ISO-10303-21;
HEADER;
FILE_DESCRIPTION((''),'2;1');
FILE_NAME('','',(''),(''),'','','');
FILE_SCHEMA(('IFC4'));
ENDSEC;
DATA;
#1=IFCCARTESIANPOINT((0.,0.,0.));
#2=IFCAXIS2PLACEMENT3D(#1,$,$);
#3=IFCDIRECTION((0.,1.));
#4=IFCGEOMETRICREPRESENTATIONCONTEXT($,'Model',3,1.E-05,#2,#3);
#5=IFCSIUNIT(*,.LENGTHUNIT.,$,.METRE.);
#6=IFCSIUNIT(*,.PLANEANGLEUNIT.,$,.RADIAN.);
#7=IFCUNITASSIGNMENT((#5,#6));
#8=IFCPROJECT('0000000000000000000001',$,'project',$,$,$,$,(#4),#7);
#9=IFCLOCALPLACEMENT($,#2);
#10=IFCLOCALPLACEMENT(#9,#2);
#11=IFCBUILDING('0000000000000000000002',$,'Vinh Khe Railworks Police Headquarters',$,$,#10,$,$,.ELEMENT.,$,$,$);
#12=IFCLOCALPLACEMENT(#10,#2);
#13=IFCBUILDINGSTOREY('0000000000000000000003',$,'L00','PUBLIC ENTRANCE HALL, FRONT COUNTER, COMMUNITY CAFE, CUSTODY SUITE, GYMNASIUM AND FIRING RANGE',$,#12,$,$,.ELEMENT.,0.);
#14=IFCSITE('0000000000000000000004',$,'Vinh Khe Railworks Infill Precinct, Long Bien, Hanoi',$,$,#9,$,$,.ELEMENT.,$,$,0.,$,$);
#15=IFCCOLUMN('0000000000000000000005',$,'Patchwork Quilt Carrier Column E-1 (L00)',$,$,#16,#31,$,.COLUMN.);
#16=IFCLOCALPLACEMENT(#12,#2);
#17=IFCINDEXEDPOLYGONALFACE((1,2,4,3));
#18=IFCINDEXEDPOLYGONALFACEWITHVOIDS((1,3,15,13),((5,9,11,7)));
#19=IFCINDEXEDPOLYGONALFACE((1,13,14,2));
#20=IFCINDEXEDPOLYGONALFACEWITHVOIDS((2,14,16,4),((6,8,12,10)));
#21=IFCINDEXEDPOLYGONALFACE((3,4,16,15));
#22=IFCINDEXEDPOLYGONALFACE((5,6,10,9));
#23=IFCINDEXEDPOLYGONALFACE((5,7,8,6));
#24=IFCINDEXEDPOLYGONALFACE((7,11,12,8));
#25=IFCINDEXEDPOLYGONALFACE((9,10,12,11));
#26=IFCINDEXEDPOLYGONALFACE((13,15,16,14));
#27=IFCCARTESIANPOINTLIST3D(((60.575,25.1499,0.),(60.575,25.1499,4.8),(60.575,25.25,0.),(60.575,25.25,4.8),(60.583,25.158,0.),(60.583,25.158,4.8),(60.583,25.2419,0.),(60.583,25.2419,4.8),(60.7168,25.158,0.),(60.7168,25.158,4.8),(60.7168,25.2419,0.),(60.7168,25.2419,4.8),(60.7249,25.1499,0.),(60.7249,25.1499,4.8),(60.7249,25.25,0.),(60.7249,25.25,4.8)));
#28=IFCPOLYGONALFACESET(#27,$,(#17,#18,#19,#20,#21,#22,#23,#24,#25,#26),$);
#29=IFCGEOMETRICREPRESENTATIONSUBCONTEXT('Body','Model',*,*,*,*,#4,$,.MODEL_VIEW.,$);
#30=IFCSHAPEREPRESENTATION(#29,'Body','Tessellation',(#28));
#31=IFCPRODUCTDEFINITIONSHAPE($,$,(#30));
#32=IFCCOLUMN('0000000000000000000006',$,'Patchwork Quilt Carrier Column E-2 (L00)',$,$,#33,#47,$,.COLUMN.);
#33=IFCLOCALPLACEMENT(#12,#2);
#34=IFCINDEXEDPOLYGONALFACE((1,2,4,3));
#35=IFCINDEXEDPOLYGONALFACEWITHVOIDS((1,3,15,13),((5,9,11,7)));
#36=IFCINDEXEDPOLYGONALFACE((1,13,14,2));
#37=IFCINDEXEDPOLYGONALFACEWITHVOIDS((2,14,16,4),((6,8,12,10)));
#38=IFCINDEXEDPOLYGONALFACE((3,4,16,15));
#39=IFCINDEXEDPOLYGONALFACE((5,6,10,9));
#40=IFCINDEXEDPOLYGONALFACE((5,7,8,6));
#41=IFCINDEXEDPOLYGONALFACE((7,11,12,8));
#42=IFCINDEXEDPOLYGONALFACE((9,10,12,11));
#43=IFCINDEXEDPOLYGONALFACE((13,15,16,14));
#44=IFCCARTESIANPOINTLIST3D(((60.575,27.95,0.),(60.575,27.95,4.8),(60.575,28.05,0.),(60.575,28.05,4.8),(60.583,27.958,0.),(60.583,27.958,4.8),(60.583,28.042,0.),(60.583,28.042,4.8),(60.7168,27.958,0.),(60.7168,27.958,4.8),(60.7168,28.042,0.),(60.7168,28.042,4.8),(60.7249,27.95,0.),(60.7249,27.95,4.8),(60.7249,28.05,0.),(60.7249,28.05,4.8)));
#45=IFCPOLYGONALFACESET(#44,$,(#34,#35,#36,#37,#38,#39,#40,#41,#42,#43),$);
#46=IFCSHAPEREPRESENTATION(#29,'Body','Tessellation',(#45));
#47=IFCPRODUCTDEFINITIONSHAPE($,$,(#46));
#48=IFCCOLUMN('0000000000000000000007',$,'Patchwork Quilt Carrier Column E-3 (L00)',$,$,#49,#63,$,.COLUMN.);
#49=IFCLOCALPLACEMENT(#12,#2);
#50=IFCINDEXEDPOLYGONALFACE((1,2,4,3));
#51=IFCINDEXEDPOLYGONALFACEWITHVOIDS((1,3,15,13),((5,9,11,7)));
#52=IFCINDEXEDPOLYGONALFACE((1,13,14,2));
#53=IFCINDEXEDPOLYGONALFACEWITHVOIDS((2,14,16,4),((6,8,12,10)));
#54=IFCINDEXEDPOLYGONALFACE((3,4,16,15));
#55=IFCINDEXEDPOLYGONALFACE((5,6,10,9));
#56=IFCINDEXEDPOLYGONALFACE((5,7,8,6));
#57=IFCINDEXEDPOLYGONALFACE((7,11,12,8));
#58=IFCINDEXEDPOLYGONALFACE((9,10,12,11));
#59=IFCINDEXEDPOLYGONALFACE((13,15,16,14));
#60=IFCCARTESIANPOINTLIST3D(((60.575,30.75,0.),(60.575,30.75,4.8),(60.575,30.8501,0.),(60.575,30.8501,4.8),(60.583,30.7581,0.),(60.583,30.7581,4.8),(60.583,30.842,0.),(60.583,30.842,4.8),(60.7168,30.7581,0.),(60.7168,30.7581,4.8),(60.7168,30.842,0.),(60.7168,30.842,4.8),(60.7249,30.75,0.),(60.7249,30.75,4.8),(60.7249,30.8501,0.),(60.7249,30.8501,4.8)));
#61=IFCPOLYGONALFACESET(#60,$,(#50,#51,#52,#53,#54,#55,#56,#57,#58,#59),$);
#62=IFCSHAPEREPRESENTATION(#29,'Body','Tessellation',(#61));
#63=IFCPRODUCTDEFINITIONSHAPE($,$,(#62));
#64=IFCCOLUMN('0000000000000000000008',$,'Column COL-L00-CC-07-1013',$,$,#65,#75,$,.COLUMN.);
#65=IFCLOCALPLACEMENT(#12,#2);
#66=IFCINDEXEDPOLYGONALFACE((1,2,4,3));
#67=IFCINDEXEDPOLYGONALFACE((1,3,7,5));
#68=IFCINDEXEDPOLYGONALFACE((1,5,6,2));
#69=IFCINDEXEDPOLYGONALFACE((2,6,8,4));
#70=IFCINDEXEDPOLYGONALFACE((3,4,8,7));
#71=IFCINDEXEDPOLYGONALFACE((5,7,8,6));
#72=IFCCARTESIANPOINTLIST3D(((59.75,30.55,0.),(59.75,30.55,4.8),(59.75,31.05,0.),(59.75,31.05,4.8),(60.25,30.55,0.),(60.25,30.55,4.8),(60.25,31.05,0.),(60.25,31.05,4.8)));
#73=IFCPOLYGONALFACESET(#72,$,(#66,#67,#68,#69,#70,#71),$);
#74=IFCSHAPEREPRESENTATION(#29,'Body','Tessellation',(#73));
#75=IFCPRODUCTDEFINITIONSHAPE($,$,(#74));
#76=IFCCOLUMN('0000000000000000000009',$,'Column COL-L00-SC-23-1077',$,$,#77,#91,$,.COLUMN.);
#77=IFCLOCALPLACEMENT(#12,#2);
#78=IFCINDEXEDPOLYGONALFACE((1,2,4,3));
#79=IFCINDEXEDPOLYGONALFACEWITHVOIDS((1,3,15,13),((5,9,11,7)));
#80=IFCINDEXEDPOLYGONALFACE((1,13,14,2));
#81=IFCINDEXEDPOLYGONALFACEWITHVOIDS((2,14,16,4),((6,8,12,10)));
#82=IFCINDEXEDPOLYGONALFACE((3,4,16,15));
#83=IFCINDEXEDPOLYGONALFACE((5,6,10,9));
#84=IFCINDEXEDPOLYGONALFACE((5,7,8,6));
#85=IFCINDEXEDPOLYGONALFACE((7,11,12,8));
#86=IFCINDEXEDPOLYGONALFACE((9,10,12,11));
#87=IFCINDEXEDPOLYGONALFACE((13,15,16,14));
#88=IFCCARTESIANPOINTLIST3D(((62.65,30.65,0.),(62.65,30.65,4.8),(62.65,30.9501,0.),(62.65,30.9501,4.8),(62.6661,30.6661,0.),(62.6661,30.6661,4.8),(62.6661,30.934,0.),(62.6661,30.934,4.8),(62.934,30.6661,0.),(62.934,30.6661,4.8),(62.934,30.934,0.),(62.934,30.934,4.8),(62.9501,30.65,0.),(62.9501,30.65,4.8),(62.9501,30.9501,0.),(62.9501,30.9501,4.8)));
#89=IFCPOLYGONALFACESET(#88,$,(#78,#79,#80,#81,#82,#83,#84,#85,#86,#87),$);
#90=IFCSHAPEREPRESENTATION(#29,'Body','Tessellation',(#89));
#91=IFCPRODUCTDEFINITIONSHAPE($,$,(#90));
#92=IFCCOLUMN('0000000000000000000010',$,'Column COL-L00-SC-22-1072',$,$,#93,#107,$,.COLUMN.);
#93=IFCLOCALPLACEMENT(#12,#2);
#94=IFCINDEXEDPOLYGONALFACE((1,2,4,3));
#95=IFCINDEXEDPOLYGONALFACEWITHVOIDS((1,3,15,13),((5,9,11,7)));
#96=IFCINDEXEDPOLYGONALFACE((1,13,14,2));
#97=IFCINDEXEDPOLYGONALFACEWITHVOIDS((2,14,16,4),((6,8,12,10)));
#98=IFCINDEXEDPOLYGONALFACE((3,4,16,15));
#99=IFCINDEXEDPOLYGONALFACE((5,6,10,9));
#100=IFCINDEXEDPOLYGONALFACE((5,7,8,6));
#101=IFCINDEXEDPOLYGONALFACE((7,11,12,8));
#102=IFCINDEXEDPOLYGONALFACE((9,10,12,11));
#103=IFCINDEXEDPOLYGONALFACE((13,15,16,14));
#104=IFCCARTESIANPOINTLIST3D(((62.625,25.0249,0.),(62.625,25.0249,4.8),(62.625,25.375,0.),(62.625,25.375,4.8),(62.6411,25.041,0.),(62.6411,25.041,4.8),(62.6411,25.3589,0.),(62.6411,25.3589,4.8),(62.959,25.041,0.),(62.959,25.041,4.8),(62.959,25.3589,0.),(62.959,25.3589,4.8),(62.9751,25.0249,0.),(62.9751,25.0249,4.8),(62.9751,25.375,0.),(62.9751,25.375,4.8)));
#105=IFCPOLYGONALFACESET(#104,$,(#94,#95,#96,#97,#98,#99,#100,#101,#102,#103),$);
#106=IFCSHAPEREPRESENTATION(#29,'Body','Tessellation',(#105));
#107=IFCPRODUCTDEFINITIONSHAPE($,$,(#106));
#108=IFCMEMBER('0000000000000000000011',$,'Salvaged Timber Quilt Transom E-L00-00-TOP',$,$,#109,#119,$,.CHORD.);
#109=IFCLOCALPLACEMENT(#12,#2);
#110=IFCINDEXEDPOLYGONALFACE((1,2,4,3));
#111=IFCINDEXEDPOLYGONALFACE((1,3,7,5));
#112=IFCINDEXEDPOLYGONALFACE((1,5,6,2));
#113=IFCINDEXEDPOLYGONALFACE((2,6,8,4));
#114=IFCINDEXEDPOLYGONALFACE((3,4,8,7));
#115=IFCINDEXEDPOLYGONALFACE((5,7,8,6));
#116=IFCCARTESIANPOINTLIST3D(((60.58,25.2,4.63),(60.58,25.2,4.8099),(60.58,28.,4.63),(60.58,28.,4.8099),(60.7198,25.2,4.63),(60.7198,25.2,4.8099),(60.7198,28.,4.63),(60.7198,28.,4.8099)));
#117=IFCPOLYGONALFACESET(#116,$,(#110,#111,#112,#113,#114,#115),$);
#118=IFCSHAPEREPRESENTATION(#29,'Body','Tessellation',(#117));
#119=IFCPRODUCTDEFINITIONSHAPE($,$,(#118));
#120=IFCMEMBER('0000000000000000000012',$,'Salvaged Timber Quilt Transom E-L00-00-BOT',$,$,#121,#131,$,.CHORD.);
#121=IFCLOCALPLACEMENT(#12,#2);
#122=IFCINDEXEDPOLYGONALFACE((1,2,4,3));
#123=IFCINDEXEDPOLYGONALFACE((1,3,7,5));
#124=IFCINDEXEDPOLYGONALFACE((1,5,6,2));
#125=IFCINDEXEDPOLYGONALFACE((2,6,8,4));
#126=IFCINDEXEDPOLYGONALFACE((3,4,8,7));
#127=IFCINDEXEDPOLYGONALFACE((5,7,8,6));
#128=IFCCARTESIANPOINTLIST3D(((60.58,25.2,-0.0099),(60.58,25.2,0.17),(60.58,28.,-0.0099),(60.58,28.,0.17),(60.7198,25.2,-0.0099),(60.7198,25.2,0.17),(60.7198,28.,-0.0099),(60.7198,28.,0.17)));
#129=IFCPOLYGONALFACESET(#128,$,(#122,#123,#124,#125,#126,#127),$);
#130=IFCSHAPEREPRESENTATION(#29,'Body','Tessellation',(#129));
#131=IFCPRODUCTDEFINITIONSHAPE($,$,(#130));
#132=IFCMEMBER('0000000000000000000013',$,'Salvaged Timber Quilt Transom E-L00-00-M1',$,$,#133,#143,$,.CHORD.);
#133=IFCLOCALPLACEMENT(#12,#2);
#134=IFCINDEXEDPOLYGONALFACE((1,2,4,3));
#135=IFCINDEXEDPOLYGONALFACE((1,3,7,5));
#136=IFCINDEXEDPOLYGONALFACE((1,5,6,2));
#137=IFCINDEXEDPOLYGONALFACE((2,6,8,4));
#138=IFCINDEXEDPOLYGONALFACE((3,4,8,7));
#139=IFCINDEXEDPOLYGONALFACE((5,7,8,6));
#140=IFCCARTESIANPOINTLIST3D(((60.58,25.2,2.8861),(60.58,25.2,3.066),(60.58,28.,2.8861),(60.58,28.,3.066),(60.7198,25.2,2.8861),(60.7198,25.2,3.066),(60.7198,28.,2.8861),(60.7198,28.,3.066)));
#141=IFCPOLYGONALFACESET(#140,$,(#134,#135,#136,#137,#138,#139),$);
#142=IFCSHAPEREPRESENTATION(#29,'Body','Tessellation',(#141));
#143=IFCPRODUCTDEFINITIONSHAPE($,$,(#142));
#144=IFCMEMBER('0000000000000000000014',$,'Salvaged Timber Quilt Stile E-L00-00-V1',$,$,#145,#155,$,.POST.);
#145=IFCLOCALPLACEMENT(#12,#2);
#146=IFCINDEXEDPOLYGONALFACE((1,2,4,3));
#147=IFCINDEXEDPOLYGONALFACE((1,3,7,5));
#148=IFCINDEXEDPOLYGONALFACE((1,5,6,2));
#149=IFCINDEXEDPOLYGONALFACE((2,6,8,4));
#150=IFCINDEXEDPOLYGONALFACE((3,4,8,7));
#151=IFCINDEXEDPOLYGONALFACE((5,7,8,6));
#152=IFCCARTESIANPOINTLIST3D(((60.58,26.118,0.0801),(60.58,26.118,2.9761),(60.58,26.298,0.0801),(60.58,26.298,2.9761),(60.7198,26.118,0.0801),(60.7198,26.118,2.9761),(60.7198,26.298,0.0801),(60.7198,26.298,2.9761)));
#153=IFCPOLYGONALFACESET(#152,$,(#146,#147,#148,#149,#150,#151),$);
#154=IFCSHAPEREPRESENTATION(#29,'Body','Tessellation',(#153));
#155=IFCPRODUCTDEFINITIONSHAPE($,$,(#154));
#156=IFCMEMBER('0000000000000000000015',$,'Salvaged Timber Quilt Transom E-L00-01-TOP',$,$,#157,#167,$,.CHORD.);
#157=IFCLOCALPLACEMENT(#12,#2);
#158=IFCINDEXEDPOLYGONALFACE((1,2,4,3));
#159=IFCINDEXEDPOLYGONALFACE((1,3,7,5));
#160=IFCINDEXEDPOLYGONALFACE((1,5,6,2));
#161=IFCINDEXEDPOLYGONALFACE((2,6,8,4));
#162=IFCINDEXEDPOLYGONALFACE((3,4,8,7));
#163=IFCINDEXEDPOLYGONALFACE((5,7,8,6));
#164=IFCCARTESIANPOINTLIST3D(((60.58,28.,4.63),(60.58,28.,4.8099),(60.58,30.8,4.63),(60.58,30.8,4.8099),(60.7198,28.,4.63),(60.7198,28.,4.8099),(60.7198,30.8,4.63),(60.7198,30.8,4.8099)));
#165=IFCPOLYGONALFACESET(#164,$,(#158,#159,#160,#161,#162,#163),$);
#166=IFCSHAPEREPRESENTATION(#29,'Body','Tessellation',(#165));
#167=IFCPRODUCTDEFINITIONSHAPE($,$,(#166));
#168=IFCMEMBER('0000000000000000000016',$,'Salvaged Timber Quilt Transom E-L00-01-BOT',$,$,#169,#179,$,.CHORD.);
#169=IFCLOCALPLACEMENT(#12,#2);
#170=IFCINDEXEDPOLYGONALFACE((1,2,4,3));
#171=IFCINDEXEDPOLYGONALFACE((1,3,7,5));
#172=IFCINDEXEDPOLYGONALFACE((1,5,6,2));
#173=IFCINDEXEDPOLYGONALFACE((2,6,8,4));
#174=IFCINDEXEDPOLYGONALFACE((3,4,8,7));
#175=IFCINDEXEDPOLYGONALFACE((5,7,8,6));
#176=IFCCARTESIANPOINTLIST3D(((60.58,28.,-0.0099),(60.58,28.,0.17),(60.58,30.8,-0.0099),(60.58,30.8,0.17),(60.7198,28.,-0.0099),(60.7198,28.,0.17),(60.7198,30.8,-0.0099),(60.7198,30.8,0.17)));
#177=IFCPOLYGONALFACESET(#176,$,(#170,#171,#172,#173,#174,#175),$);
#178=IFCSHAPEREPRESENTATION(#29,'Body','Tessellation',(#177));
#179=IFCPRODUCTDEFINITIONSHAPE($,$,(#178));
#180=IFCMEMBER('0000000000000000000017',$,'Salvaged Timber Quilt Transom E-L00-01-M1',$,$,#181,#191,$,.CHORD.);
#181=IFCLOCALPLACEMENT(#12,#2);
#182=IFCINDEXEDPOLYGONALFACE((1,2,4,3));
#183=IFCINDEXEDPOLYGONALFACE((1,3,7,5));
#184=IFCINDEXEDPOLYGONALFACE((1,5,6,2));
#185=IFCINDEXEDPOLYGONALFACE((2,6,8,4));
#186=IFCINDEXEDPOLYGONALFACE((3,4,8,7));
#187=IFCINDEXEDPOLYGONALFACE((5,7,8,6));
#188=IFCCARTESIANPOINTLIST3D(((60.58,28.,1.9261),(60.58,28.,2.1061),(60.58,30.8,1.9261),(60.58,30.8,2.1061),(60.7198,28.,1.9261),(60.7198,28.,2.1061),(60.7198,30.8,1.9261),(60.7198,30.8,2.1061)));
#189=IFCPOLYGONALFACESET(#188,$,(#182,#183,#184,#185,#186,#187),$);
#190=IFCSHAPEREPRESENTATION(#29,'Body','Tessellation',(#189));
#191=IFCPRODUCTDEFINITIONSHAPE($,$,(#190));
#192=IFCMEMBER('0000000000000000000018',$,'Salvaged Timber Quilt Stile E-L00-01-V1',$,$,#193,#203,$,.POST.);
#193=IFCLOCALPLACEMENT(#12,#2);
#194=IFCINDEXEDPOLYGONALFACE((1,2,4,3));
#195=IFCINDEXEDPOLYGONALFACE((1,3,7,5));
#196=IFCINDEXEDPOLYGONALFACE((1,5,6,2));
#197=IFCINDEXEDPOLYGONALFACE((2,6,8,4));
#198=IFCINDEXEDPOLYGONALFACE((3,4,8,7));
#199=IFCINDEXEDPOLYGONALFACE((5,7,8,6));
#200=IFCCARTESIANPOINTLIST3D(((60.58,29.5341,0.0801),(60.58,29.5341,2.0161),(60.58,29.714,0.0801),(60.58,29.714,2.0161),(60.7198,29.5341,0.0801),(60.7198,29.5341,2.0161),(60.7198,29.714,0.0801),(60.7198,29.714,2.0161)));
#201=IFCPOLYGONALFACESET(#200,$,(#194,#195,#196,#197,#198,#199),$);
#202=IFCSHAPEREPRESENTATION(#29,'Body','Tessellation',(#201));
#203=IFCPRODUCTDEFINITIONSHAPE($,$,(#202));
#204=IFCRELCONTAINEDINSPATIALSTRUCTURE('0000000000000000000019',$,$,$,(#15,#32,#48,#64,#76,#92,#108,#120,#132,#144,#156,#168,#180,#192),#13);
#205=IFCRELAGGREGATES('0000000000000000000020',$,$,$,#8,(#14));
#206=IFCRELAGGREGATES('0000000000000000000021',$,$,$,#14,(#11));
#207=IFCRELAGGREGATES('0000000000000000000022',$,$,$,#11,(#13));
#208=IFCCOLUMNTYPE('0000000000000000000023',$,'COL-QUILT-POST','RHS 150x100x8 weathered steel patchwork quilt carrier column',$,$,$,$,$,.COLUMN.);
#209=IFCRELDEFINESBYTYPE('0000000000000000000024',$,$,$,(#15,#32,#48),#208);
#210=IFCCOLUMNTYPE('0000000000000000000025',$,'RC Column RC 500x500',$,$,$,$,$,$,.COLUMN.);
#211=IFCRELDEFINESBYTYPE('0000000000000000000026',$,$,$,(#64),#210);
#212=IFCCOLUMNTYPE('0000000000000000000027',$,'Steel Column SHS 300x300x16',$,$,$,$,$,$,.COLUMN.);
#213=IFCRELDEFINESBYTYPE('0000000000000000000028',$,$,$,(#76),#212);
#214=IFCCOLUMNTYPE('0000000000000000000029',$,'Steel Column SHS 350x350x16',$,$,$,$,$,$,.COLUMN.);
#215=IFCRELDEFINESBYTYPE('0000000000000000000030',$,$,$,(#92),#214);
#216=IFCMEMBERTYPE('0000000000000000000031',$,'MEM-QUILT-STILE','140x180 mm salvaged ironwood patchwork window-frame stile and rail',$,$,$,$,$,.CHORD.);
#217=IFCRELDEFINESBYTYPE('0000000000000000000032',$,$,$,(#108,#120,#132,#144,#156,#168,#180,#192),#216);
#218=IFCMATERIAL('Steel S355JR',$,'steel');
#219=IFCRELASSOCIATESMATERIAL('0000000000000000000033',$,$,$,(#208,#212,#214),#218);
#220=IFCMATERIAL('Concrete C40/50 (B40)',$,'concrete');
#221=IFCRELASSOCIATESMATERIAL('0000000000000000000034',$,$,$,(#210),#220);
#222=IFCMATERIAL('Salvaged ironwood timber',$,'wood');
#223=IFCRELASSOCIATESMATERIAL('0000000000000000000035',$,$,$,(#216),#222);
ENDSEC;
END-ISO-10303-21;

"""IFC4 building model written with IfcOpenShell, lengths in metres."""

from ifc_helpers import new_model, si_unit, direction, frame, origin, origin_2d, place, context, subcontext, project, spatial, rectangle, hollow_rectangle, extrude, material, material_profile, profile_set, type_object, element, save


model = new_model("IFC4")

# Units and contexts
model_context = context("Model", 3, precision=1e-05, world=origin(), true_north=direction((0.0, 1.0)))
body_context = subcontext(model_context, "Body", "Model", "MODEL_VIEW")
ifc_project = project(units=[si_unit("LENGTHUNIT", "METRE"), si_unit("PLANEANGLEUNIT", "RADIAN")], contexts=[model_context])

# Site, building, storey
site_placement = place(None, origin())
site = spatial("IfcSite", under=ifc_project, at=site_placement, Name="Vinh Khe Railworks Infill Precinct, Long Bien, Hanoi", CompositionType="ELEMENT", RefElevation=0.0)
building_placement = place(site_placement, origin())
building = spatial("IfcBuilding", under=site, at=building_placement, Name="Vinh Khe Railworks Police Headquarters", CompositionType="ELEMENT")
storey_placement = place(building_placement, origin())
storey = spatial("IfcBuildingStorey", under=building, at=storey_placement, Name="L00", Description="PUBLIC ENTRANCE HALL, FRONT COUNTER, COMMUNITY CAFE, CUSTODY SUITE, GYMNASIUM AND FIRING RANGE", CompositionType="ELEMENT", Elevation=0.0)

# Columns
ifc_material_1 = material(Name="Steel S355JR", Category="steel")
ifc_material_profile_1 = material_profile(ifc_material_1, hollow_rectangle(XDim=0.1499, YDim=0.1001, WallThickness=0.0081, at=origin_2d()), Name="RHS 150x100x8")
ifc_profile_set_1 = profile_set([ifc_material_profile_1], Name="Steel S355JR")
column_type_1 = type_object("IfcColumnType", Name="COL-QUILT-POST", Description="RHS 150x100x8 weathered steel patchwork quilt carrier column", PredefinedType="COLUMN", material=ifc_profile_set_1)
for number, where, z_axis, x_axis, name in (
    (1, (60.6499, 25.2, 0.0), (0.0, 0.0, 1.0), (1.0, 0.0, 0.0), "Patchwork Quilt Carrier Column E-1 (L00)"),
    (2, (60.6499, 28.0, 0.0), (0.0, 0.0, 1.0), (1.0, 0.0, 0.0), "Patchwork Quilt Carrier Column E-2 (L00)"),
    (3, (60.6499, 30.8, 0.0), (0.0, 0.0, 1.0), (1.0, 0.0, 0.0), "Patchwork Quilt Carrier Column E-3 (L00)"),
):
    element("IfcColumn", number, at=place(storey_placement, frame(where, z_axis=z_axis, x_axis=x_axis)), inside=storey, type_object=column_type_1, Name=name, PredefinedType="COLUMN", context=body_context, shape_type="SweptSolid", body=[
        extrude(hollow_rectangle(XDim=0.1499, YDim=0.1001, WallThickness=0.0081, at=origin_2d()), origin(), (0.0, 0.0, 1.0), 4.8),
    ])
ifc_material_2 = material(Name="Concrete C40/50 (B40)", Category="concrete")
ifc_material_profile_2 = material_profile(ifc_material_2, rectangle(XDim=0.5, YDim=0.5, at=origin_2d()), Name="RC 500x500")
ifc_profile_set_2 = profile_set([ifc_material_profile_2], Name="Concrete C40/50 (B40)")
column_type_2 = type_object("IfcColumnType", Name="RC Column RC 500x500", PredefinedType="COLUMN", material=ifc_profile_set_2)
column_1_placement = place(storey_placement, frame((60.0, 30.8, 0.0), z_axis=(0.0, 0.0, 1.0), x_axis=(1.0, 0.0, 0.0)))
element("IfcColumn", 4, at=column_1_placement, inside=storey, type_object=column_type_2, Name="Column COL-L00-CC-07-1013", PredefinedType="COLUMN", context=body_context, shape_type="SweptSolid", body=[
    extrude(rectangle(XDim=0.5, YDim=0.5, at=origin_2d()), origin(), (0.0, 0.0, 1.0), 4.8),
])
ifc_material_profile_3 = material_profile(ifc_material_1, hollow_rectangle(XDim=0.3, YDim=0.3, WallThickness=0.0161, at=origin_2d()), Name="SHS 300x300x16")
ifc_profile_set_3 = profile_set([ifc_material_profile_3], Name="Steel S355JR")
column_type_3 = type_object("IfcColumnType", Name="Steel Column SHS 300x300x16", PredefinedType="COLUMN", material=ifc_profile_set_3)
column_2_placement = place(storey_placement, frame((62.8, 30.8, 0.0), z_axis=(0.0, 0.0, 1.0), x_axis=(1.0, 0.0, 0.0)))
element("IfcColumn", 5, at=column_2_placement, inside=storey, type_object=column_type_3, Name="Column COL-L00-SC-23-1077", PredefinedType="COLUMN", context=body_context, shape_type="SweptSolid", body=[
    extrude(hollow_rectangle(XDim=0.3, YDim=0.3, WallThickness=0.0161, at=origin_2d()), origin(), (0.0, 0.0, 1.0), 4.8),
])
ifc_material_profile_4 = material_profile(ifc_material_1, hollow_rectangle(XDim=0.3501, YDim=0.3501, WallThickness=0.0161, at=origin_2d()), Name="SHS 350x350x16")
ifc_profile_set_4 = profile_set([ifc_material_profile_4], Name="Steel S355JR")
column_type_4 = type_object("IfcColumnType", Name="Steel Column SHS 350x350x16", PredefinedType="COLUMN", material=ifc_profile_set_4)
column_3_placement = place(storey_placement, frame((62.8, 25.2, 0.0), z_axis=(0.0, 0.0, 1.0), x_axis=(1.0, 0.0, 0.0)))
element("IfcColumn", 6, at=column_3_placement, inside=storey, type_object=column_type_4, Name="Column COL-L00-SC-22-1072", PredefinedType="COLUMN", context=body_context, shape_type="SweptSolid", body=[
    extrude(hollow_rectangle(XDim=0.3501, YDim=0.3501, WallThickness=0.0161, at=origin_2d()), origin(), (0.0, 0.0, 1.0), 4.8),
])

# Members
ifc_material_3 = material(Name="Salvaged ironwood timber", Category="wood")
ifc_material_profile_5 = material_profile(ifc_material_3, rectangle(XDim=0.1399, YDim=0.1799, at=origin_2d()), Name="TIMBER 140x180")
ifc_profile_set_5 = profile_set([ifc_material_profile_5], Name="Salvaged ironwood timber")
member_type_1 = type_object("IfcMemberType", Name="MEM-QUILT-STILE", Description="140x180 mm salvaged ironwood patchwork window-frame stile and rail", PredefinedType="CHORD", material=ifc_profile_set_5)
for number, where, z_axis, x_axis, name in (
    (7, (60.6499, 25.2, 4.72), (0.0, 1.0, 0.0), (-1.0, 0.0, 0.0), "Salvaged Timber Quilt Transom E-L00-00-TOP"),
    (8, (60.6499, 25.2, 0.0801), (0.0, 1.0, 0.0), (-1.0, 0.0, 0.0), "Salvaged Timber Quilt Transom E-L00-00-BOT"),
    (9, (60.6499, 25.2, 2.9761), (0.0, 1.0, 0.0), (-1.0, 0.0, 0.0), "Salvaged Timber Quilt Transom E-L00-00-M1"),
):
    element("IfcMember", number, at=place(storey_placement, frame(where, z_axis=z_axis, x_axis=x_axis)), inside=storey, type_object=member_type_1, Name=name, PredefinedType="CHORD", context=body_context, shape_type="SweptSolid", body=[
        extrude(rectangle(XDim=0.1399, YDim=0.1799, at=origin_2d()), origin(), (0.0, 0.0, 1.0), 2.8),
    ])
member_1_placement = place(storey_placement, frame((60.6499, 26.208, 0.0801), z_axis=(0.0, 0.0, 1.0), x_axis=(1.0, 0.0, 0.0)))
element("IfcMember", 10, at=member_1_placement, inside=storey, type_object=member_type_1, Name="Salvaged Timber Quilt Stile E-L00-00-V1", PredefinedType="POST", context=body_context, shape_type="SweptSolid", body=[
    extrude(rectangle(XDim=0.1399, YDim=0.1799, at=origin_2d()), origin(), (0.0, 0.0, 1.0), 2.896),
])
for number, where, z_axis, x_axis, name in (
    (11, (60.6499, 28.0, 4.72), (0.0, 1.0, 0.0), (-1.0, 0.0, 0.0), "Salvaged Timber Quilt Transom E-L00-01-TOP"),
    (12, (60.6499, 28.0, 0.0801), (0.0, 1.0, 0.0), (-1.0, 0.0, 0.0), "Salvaged Timber Quilt Transom E-L00-01-BOT"),
    (13, (60.6499, 28.0, 2.0161), (0.0, 1.0, 0.0), (-1.0, 0.0, 0.0), "Salvaged Timber Quilt Transom E-L00-01-M1"),
):
    element("IfcMember", number, at=place(storey_placement, frame(where, z_axis=z_axis, x_axis=x_axis)), inside=storey, type_object=member_type_1, Name=name, PredefinedType="CHORD", context=body_context, shape_type="SweptSolid", body=[
        extrude(rectangle(XDim=0.1399, YDim=0.1799, at=origin_2d()), origin(), (0.0, 0.0, 1.0), 2.8),
    ])
member_2_placement = place(storey_placement, frame((60.6499, 29.624, 0.0801), z_axis=(0.0, 0.0, 1.0), x_axis=(1.0, 0.0, 0.0)))
element("IfcMember", 14, at=member_2_placement, inside=storey, type_object=member_type_1, Name="Salvaged Timber Quilt Stile E-L00-01-V1", PredefinedType="POST", context=body_context, shape_type="SweptSolid", body=[
    extrude(rectangle(XDim=0.1399, YDim=0.1799, at=origin_2d()), origin(), (0.0, 0.0, 1.0), 1.936),
])

save(model, "model.ifc")
